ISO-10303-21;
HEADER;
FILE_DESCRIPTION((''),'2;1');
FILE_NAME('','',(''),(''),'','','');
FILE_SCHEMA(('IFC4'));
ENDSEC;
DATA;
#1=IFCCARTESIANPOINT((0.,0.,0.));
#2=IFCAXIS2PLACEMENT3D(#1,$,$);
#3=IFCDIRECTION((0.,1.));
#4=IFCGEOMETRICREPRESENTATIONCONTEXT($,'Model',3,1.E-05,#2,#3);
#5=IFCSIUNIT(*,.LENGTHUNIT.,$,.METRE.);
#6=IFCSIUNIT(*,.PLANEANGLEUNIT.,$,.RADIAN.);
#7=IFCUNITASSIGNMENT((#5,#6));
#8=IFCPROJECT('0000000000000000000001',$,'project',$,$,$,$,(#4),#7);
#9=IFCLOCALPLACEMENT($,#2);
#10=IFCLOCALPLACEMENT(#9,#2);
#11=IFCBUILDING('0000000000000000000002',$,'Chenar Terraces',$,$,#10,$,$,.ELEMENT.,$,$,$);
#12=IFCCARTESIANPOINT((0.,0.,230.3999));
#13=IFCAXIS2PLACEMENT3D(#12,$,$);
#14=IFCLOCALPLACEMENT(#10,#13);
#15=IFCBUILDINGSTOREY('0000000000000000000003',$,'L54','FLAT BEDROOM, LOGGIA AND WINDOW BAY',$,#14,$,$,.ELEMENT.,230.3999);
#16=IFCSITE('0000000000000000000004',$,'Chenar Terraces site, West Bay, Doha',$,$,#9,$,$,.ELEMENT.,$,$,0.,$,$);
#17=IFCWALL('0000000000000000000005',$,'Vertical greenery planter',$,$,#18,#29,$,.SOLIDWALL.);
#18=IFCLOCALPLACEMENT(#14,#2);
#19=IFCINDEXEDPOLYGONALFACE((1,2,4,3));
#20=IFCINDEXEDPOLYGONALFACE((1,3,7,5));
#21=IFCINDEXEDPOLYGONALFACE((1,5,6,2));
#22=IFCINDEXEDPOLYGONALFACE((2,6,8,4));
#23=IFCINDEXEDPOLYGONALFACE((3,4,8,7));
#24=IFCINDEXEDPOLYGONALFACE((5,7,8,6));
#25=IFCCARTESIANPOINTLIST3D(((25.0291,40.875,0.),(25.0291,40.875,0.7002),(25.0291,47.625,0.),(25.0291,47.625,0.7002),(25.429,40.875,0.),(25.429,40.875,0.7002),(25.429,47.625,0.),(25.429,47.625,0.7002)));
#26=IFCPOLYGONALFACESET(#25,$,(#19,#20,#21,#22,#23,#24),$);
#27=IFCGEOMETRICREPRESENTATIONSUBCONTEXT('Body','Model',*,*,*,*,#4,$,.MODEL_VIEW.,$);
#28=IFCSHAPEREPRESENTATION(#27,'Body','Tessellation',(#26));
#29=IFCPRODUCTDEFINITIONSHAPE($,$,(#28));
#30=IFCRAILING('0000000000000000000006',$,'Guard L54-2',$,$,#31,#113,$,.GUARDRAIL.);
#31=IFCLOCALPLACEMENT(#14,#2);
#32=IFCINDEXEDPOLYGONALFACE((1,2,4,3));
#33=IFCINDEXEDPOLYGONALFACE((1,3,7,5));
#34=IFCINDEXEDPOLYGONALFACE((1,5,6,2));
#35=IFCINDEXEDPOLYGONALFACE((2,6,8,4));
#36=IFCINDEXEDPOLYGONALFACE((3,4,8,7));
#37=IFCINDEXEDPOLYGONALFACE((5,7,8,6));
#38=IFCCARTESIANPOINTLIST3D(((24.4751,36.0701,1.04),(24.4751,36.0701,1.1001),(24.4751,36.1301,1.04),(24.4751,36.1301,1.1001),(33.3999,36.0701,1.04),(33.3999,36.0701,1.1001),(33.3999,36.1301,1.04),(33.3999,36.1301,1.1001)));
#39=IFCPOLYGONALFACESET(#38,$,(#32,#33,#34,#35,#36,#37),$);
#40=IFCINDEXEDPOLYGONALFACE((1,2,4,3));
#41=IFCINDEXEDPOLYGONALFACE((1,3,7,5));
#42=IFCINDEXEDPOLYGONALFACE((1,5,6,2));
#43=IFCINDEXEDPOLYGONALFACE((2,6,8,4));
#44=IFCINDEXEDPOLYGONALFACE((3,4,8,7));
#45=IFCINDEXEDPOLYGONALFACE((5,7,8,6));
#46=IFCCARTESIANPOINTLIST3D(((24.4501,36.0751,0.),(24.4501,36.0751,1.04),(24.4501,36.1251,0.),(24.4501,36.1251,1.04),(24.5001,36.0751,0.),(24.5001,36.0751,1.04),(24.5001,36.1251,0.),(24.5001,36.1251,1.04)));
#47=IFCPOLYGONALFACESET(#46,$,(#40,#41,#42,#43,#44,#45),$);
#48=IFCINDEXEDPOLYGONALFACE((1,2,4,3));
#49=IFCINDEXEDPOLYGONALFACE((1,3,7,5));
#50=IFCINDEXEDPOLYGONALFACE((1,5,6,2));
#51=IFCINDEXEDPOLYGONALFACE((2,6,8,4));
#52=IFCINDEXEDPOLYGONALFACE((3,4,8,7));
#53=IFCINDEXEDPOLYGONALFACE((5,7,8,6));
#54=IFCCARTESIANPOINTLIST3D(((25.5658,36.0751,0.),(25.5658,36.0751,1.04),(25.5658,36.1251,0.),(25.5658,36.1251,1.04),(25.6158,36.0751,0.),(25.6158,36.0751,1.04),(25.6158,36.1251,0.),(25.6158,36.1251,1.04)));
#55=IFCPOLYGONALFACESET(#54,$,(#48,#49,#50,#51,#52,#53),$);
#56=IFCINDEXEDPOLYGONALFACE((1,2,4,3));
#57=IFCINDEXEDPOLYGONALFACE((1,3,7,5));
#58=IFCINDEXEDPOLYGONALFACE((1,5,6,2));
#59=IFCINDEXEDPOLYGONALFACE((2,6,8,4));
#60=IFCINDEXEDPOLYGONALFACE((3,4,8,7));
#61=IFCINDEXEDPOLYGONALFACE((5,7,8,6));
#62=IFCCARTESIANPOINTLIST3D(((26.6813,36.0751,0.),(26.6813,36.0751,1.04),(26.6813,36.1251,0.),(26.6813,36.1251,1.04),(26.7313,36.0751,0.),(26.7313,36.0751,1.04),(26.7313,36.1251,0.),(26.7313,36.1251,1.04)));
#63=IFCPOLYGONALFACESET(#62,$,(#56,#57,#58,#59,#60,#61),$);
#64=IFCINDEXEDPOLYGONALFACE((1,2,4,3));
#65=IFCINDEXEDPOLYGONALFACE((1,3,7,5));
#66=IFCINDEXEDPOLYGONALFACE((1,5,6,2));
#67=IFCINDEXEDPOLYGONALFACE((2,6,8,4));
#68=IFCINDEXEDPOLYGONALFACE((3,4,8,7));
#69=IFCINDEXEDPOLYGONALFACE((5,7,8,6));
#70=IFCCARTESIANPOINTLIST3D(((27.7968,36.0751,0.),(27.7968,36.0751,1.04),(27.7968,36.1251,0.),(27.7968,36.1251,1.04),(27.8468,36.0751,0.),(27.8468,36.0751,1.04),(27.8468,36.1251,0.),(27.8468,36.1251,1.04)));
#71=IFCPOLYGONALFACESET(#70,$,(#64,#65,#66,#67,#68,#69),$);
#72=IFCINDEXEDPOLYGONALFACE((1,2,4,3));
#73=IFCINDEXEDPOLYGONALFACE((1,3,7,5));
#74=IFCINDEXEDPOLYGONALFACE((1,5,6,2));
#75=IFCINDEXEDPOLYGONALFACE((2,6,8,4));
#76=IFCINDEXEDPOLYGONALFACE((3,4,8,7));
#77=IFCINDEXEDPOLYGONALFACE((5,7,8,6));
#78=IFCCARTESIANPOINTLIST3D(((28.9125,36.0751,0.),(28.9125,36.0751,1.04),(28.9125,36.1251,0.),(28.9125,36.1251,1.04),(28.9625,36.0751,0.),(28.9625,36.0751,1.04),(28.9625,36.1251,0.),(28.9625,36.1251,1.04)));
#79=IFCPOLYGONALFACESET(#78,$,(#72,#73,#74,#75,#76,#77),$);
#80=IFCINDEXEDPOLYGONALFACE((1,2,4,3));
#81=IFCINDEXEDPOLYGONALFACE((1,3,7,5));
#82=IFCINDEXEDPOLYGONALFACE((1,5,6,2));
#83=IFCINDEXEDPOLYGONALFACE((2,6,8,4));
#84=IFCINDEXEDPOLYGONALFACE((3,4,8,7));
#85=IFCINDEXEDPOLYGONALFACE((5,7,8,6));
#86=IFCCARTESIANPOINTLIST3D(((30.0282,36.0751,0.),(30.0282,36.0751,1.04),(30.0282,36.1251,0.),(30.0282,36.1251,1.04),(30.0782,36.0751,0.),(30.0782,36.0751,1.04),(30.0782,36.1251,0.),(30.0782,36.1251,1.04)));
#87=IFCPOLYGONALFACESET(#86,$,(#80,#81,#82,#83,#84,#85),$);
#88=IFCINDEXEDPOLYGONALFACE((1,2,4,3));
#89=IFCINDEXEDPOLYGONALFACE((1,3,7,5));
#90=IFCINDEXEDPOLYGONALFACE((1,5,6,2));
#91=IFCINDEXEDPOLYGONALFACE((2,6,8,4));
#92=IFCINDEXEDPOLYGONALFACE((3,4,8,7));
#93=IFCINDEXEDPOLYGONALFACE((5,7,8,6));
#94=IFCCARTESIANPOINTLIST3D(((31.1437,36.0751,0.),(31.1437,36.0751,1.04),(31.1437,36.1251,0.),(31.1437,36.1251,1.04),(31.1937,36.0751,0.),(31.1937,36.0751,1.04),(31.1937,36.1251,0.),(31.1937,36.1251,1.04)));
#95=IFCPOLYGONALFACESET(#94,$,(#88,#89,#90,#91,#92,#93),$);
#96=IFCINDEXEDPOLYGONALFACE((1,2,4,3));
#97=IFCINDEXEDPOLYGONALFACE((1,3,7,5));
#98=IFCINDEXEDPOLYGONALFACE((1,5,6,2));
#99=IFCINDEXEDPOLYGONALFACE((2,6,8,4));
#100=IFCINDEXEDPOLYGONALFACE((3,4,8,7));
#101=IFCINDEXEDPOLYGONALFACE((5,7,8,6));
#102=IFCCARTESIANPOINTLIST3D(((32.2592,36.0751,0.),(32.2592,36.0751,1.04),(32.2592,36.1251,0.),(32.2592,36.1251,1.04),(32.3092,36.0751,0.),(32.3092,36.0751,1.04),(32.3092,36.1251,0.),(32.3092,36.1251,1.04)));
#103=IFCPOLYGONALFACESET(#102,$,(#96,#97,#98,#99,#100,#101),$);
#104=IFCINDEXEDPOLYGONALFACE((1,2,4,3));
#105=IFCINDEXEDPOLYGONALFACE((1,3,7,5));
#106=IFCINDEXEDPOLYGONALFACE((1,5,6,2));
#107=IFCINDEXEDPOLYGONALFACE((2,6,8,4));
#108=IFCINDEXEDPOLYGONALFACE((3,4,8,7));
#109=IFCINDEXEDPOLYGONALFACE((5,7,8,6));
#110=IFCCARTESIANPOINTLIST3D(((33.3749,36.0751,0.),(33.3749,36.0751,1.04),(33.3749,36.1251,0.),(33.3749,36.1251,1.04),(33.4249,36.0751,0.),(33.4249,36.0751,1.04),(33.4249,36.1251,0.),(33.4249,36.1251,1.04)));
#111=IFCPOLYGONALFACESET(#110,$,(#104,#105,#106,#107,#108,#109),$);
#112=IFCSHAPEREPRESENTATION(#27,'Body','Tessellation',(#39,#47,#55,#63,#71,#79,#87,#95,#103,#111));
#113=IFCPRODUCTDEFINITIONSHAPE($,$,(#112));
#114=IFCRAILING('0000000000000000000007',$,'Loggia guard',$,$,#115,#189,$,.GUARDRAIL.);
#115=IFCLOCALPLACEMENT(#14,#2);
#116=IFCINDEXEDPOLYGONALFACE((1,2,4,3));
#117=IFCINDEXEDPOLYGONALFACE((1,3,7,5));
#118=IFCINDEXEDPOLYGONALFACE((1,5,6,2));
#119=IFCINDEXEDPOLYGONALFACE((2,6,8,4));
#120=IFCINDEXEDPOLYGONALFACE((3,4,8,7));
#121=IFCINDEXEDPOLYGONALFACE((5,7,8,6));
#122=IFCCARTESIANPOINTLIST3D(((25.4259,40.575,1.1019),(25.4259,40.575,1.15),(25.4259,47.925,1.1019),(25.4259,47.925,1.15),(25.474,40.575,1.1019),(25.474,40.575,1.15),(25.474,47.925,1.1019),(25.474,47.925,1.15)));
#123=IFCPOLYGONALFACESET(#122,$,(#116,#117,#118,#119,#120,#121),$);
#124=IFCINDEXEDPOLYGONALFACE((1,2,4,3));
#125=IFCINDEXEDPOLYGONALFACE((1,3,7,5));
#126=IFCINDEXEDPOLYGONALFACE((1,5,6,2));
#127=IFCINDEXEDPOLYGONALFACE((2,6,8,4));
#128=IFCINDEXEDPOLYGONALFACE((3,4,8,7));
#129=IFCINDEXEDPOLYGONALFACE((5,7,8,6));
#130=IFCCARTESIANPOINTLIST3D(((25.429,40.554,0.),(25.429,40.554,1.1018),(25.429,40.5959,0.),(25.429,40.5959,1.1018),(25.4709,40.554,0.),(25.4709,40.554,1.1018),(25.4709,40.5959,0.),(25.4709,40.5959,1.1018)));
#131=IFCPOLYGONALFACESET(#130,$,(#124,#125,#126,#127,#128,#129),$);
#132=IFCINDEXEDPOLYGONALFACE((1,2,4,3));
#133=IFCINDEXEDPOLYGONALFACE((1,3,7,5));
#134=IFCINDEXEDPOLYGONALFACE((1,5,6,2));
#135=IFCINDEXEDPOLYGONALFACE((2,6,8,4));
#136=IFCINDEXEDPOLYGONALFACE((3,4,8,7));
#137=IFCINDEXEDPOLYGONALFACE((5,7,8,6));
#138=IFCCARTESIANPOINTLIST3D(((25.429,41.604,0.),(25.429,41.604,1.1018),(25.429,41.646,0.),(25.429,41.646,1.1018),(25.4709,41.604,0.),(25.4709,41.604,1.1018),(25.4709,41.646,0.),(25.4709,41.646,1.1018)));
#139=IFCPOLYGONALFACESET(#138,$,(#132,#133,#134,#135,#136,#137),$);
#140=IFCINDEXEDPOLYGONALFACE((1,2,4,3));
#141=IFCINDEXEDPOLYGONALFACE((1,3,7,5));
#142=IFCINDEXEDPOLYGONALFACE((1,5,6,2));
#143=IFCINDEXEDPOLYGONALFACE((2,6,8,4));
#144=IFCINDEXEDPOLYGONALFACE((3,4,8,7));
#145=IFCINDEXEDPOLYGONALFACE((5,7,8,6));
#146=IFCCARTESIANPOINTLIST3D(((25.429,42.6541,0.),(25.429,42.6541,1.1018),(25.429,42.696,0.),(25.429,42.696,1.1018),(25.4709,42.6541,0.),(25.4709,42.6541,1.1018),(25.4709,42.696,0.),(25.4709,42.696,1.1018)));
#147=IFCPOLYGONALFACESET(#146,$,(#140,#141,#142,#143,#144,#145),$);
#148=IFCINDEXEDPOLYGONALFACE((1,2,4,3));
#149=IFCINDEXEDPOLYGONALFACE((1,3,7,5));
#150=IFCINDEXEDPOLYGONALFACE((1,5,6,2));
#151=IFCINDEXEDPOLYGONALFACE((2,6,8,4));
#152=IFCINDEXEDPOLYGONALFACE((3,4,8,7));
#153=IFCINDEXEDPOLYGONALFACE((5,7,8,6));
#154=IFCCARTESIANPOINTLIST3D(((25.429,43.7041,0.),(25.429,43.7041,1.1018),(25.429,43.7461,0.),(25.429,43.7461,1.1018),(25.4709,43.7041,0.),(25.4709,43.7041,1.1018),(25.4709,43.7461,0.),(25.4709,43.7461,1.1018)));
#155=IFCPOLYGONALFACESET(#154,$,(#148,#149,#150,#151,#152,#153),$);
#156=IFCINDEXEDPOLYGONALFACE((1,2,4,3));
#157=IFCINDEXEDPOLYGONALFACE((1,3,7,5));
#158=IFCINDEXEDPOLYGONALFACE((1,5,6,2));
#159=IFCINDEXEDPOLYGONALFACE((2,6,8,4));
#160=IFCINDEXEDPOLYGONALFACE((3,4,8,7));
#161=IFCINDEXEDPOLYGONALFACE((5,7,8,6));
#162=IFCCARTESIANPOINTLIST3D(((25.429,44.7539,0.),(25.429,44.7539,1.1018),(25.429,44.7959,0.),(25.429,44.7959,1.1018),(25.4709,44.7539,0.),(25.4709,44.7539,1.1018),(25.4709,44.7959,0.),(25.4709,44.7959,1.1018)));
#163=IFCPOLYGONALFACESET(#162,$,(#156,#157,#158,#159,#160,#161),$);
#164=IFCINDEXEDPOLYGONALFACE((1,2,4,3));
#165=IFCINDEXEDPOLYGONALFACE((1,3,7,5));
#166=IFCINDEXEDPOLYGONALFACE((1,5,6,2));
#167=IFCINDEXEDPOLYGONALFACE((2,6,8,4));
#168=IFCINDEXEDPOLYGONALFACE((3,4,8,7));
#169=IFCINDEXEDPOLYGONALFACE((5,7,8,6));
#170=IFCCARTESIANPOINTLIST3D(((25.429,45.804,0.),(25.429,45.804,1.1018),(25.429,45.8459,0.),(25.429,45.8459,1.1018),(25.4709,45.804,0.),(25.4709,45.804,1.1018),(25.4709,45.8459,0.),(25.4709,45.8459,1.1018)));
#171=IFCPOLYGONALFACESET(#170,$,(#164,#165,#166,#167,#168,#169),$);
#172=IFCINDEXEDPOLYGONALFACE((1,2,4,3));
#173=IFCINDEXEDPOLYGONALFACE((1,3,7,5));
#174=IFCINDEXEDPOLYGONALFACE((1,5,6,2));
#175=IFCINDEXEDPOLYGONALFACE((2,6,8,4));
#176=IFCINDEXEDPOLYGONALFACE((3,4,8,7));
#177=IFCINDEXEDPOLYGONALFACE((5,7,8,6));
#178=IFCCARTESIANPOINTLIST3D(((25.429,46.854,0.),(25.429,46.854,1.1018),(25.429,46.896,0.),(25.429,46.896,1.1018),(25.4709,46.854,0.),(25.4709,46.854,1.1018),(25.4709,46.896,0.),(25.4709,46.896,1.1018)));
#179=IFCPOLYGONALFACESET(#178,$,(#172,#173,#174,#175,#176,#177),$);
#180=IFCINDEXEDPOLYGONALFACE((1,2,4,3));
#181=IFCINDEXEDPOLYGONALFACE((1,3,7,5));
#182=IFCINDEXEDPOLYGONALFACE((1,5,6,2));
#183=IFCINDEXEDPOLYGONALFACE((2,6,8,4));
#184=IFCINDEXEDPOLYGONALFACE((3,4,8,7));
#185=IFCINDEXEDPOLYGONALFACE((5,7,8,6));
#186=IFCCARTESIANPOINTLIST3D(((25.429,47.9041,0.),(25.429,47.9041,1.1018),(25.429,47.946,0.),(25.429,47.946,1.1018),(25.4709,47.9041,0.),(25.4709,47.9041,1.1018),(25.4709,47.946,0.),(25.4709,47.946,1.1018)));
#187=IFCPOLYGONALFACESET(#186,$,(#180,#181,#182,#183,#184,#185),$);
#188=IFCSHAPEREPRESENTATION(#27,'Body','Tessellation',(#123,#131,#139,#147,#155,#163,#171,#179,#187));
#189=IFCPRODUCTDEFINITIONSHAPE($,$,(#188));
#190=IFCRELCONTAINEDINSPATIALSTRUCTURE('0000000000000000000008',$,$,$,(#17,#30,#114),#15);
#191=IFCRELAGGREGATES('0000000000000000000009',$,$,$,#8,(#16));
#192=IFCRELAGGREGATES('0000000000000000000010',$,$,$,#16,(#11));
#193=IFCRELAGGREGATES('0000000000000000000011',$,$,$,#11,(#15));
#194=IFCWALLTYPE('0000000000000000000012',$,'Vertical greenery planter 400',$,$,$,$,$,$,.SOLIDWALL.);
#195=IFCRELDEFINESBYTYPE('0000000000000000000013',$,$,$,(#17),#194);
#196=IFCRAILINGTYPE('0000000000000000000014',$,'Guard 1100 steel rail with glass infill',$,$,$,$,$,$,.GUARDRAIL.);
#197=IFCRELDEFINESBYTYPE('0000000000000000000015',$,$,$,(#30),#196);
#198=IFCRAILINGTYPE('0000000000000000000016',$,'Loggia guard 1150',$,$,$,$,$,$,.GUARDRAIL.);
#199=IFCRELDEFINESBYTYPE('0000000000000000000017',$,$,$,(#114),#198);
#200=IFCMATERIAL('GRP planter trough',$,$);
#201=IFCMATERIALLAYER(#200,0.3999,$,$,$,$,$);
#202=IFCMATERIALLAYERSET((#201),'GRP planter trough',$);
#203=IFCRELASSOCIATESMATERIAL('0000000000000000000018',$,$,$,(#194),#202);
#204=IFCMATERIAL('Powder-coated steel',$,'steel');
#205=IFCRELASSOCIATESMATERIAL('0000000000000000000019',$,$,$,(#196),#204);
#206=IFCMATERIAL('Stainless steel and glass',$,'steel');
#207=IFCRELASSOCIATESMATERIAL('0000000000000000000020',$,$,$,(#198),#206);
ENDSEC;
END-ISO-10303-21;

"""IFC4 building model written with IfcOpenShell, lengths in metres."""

from ifc_helpers import new_model, si_unit, direction, frame, frame_2d, origin, origin_2d, place, context, subcontext, project, spatial, rectangle, extrude, material, layer, layer_set, type_object, element, save


model = new_model("IFC4")

# Units and contexts
model_context = context("Model", 3, precision=1e-05, world=origin(), true_north=direction((0.0, 1.0)))
body_context = subcontext(model_context, "Body", "Model", "MODEL_VIEW")
ifc_project = project(units=[si_unit("LENGTHUNIT", "METRE"), si_unit("PLANEANGLEUNIT", "RADIAN")], contexts=[model_context])

# Site, building, storey
site_placement = place(None, origin())
site = spatial("IfcSite", under=ifc_project, at=site_placement, Name="Chenar Terraces site, West Bay, Doha", CompositionType="ELEMENT", RefElevation=0.0)
building_placement = place(site_placement, origin())
building = spatial("IfcBuilding", under=site, at=building_placement, Name="Chenar Terraces", CompositionType="ELEMENT")
storey_placement = place(building_placement, frame((0.0, 0.0, 230.3999)))
storey = spatial("IfcBuildingStorey", under=building, at=storey_placement, Name="L54", Description="FLAT BEDROOM, LOGGIA AND WINDOW BAY", CompositionType="ELEMENT", Elevation=230.3999)

# Wall
ifc_material_1 = material(Name="GRP planter trough")
ifc_layer_1 = layer(ifc_material_1, 0.3999)
ifc_layer_set_1 = layer_set([ifc_layer_1], Name="GRP planter trough")
wall_type_1 = type_object("IfcWallType", Name="Vertical greenery planter 400", PredefinedType="SOLIDWALL", material=ifc_layer_set_1)
wall_1_placement = place(storey_placement, frame((25.229, 40.875, 0.0), z_axis=(0.0, 0.0, 1.0), x_axis=(0.0, 1.0, 0.0)))
element("IfcWall", 1, at=wall_1_placement, inside=storey, type_object=wall_type_1, Name="Vertical greenery planter", PredefinedType="SOLIDWALL", context=body_context, shape_type="SweptSolid", body=[
    extrude(rectangle(XDim=6.75, YDim=0.3999, at=frame_2d((3.375, 0.0))), origin(), (0.0, 0.0, 1.0), 0.7002),
])

# Railings
ifc_material_2 = material(Name="Powder-coated steel", Category="steel")
railing_type_1 = type_object("IfcRailingType", Name="Guard 1100 steel rail with glass infill", PredefinedType="GUARDRAIL", material=ifc_material_2)
railing_1_placement = place(storey_placement, frame((24.4751, 36.1001, 0.0)))
element("IfcRailing", 2, at=railing_1_placement, inside=storey, type_object=railing_type_1, Name="Guard L54-2", PredefinedType="GUARDRAIL", context=body_context, shape_type="SweptSolid", body=[
    extrude(rectangle(XDim=0.0601, YDim=0.0601, at=origin_2d()), frame((0.0, 0.0, 1.0701), z_axis=(1.0, 0.0, 0.0), x_axis=(0.0, 1.0, 0.0)), (0.0, 0.0, 1.0), 8.9248),
    extrude(rectangle(XDim=0.05, YDim=0.05, at=origin_2d()), origin(), (0.0, 0.0, 1.0), 1.04),
    extrude(rectangle(XDim=0.05, YDim=0.05, at=origin_2d()), frame((1.1157, 0.0, 0.0)), (0.0, 0.0, 1.0), 1.04),
    extrude(rectangle(XDim=0.05, YDim=0.05, at=origin_2d()), frame((2.2312, 0.0, 0.0)), (0.0, 0.0, 1.0), 1.04),
    extrude(rectangle(XDim=0.05, YDim=0.05, at=origin_2d()), frame((3.3467, 0.0, 0.0)), (0.0, 0.0, 1.0), 1.04),
    extrude(rectangle(XDim=0.05, YDim=0.05, at=origin_2d()), frame((4.4624, 0.0, 0.0)), (0.0, 0.0, 1.0), 1.04),
    extrude(rectangle(XDim=0.05, YDim=0.05, at=origin_2d()), frame((5.5781, 0.0, 0.0)), (0.0, 0.0, 1.0), 1.04),
    extrude(rectangle(XDim=0.05, YDim=0.05, at=origin_2d()), frame((6.6936, 0.0, 0.0)), (0.0, 0.0, 1.0), 1.04),
    extrude(rectangle(XDim=0.05, YDim=0.05, at=origin_2d()), frame((7.8091, 0.0, 0.0)), (0.0, 0.0, 1.0), 1.04),
    extrude(rectangle(XDim=0.05, YDim=0.05, at=origin_2d()), frame((8.9248, 0.0, 0.0)), (0.0, 0.0, 1.0), 1.04),
])
ifc_material_3 = material(Name="Stainless steel and glass", Category="steel")
railing_type_2 = type_object("IfcRailingType", Name="Loggia guard 1150", PredefinedType="GUARDRAIL", material=ifc_material_3)
railing_2_placement = place(storey_placement, frame((25.45, 40.575, 0.0)))
element("IfcRailing", 3, at=railing_2_placement, inside=storey, type_object=railing_type_2, Name="Loggia guard", PredefinedType="GUARDRAIL", context=body_context, shape_type="SweptSolid", body=[
    extrude(rectangle(XDim=0.0481, YDim=0.0481, at=origin_2d()), frame((0.0, 0.0, 1.126), z_axis=(0.0, 1.0, 0.0), x_axis=(-1.0, 0.0, 0.0)), (0.0, 0.0, 1.0), 7.3501),
    extrude(rectangle(XDim=0.042, YDim=0.042, at=origin_2d()), origin(), (0.0, 0.0, 1.0), 1.1018),
    extrude(rectangle(XDim=0.042, YDim=0.042, at=origin_2d()), frame((0.0, 1.05, 0.0)), (0.0, 0.0, 1.0), 1.1018),
    extrude(rectangle(XDim=0.042, YDim=0.042, at=origin_2d()), frame((0.0, 2.1001, 0.0)), (0.0, 0.0, 1.0), 1.1018),
    extrude(rectangle(XDim=0.042, YDim=0.042, at=origin_2d()), frame((0.0, 3.1501, 0.0)), (0.0, 0.0, 1.0), 1.1018),
    extrude(rectangle(XDim=0.042, YDim=0.042, at=origin_2d()), frame((0.0, 4.2, 0.0)), (0.0, 0.0, 1.0), 1.1018),
    extrude(rectangle(XDim=0.042, YDim=0.042, at=origin_2d()), frame((0.0, 5.25, 0.0)), (0.0, 0.0, 1.0), 1.1018),
    extrude(rectangle(XDim=0.042, YDim=0.042, at=origin_2d()), frame((0.0, 6.3, 0.0)), (0.0, 0.0, 1.0), 1.1018),
    extrude(rectangle(XDim=0.042, YDim=0.042, at=origin_2d()), frame((0.0, 7.3501, 0.0)), (0.0, 0.0, 1.0), 1.1018),
])

save(model, "model.ifc")
